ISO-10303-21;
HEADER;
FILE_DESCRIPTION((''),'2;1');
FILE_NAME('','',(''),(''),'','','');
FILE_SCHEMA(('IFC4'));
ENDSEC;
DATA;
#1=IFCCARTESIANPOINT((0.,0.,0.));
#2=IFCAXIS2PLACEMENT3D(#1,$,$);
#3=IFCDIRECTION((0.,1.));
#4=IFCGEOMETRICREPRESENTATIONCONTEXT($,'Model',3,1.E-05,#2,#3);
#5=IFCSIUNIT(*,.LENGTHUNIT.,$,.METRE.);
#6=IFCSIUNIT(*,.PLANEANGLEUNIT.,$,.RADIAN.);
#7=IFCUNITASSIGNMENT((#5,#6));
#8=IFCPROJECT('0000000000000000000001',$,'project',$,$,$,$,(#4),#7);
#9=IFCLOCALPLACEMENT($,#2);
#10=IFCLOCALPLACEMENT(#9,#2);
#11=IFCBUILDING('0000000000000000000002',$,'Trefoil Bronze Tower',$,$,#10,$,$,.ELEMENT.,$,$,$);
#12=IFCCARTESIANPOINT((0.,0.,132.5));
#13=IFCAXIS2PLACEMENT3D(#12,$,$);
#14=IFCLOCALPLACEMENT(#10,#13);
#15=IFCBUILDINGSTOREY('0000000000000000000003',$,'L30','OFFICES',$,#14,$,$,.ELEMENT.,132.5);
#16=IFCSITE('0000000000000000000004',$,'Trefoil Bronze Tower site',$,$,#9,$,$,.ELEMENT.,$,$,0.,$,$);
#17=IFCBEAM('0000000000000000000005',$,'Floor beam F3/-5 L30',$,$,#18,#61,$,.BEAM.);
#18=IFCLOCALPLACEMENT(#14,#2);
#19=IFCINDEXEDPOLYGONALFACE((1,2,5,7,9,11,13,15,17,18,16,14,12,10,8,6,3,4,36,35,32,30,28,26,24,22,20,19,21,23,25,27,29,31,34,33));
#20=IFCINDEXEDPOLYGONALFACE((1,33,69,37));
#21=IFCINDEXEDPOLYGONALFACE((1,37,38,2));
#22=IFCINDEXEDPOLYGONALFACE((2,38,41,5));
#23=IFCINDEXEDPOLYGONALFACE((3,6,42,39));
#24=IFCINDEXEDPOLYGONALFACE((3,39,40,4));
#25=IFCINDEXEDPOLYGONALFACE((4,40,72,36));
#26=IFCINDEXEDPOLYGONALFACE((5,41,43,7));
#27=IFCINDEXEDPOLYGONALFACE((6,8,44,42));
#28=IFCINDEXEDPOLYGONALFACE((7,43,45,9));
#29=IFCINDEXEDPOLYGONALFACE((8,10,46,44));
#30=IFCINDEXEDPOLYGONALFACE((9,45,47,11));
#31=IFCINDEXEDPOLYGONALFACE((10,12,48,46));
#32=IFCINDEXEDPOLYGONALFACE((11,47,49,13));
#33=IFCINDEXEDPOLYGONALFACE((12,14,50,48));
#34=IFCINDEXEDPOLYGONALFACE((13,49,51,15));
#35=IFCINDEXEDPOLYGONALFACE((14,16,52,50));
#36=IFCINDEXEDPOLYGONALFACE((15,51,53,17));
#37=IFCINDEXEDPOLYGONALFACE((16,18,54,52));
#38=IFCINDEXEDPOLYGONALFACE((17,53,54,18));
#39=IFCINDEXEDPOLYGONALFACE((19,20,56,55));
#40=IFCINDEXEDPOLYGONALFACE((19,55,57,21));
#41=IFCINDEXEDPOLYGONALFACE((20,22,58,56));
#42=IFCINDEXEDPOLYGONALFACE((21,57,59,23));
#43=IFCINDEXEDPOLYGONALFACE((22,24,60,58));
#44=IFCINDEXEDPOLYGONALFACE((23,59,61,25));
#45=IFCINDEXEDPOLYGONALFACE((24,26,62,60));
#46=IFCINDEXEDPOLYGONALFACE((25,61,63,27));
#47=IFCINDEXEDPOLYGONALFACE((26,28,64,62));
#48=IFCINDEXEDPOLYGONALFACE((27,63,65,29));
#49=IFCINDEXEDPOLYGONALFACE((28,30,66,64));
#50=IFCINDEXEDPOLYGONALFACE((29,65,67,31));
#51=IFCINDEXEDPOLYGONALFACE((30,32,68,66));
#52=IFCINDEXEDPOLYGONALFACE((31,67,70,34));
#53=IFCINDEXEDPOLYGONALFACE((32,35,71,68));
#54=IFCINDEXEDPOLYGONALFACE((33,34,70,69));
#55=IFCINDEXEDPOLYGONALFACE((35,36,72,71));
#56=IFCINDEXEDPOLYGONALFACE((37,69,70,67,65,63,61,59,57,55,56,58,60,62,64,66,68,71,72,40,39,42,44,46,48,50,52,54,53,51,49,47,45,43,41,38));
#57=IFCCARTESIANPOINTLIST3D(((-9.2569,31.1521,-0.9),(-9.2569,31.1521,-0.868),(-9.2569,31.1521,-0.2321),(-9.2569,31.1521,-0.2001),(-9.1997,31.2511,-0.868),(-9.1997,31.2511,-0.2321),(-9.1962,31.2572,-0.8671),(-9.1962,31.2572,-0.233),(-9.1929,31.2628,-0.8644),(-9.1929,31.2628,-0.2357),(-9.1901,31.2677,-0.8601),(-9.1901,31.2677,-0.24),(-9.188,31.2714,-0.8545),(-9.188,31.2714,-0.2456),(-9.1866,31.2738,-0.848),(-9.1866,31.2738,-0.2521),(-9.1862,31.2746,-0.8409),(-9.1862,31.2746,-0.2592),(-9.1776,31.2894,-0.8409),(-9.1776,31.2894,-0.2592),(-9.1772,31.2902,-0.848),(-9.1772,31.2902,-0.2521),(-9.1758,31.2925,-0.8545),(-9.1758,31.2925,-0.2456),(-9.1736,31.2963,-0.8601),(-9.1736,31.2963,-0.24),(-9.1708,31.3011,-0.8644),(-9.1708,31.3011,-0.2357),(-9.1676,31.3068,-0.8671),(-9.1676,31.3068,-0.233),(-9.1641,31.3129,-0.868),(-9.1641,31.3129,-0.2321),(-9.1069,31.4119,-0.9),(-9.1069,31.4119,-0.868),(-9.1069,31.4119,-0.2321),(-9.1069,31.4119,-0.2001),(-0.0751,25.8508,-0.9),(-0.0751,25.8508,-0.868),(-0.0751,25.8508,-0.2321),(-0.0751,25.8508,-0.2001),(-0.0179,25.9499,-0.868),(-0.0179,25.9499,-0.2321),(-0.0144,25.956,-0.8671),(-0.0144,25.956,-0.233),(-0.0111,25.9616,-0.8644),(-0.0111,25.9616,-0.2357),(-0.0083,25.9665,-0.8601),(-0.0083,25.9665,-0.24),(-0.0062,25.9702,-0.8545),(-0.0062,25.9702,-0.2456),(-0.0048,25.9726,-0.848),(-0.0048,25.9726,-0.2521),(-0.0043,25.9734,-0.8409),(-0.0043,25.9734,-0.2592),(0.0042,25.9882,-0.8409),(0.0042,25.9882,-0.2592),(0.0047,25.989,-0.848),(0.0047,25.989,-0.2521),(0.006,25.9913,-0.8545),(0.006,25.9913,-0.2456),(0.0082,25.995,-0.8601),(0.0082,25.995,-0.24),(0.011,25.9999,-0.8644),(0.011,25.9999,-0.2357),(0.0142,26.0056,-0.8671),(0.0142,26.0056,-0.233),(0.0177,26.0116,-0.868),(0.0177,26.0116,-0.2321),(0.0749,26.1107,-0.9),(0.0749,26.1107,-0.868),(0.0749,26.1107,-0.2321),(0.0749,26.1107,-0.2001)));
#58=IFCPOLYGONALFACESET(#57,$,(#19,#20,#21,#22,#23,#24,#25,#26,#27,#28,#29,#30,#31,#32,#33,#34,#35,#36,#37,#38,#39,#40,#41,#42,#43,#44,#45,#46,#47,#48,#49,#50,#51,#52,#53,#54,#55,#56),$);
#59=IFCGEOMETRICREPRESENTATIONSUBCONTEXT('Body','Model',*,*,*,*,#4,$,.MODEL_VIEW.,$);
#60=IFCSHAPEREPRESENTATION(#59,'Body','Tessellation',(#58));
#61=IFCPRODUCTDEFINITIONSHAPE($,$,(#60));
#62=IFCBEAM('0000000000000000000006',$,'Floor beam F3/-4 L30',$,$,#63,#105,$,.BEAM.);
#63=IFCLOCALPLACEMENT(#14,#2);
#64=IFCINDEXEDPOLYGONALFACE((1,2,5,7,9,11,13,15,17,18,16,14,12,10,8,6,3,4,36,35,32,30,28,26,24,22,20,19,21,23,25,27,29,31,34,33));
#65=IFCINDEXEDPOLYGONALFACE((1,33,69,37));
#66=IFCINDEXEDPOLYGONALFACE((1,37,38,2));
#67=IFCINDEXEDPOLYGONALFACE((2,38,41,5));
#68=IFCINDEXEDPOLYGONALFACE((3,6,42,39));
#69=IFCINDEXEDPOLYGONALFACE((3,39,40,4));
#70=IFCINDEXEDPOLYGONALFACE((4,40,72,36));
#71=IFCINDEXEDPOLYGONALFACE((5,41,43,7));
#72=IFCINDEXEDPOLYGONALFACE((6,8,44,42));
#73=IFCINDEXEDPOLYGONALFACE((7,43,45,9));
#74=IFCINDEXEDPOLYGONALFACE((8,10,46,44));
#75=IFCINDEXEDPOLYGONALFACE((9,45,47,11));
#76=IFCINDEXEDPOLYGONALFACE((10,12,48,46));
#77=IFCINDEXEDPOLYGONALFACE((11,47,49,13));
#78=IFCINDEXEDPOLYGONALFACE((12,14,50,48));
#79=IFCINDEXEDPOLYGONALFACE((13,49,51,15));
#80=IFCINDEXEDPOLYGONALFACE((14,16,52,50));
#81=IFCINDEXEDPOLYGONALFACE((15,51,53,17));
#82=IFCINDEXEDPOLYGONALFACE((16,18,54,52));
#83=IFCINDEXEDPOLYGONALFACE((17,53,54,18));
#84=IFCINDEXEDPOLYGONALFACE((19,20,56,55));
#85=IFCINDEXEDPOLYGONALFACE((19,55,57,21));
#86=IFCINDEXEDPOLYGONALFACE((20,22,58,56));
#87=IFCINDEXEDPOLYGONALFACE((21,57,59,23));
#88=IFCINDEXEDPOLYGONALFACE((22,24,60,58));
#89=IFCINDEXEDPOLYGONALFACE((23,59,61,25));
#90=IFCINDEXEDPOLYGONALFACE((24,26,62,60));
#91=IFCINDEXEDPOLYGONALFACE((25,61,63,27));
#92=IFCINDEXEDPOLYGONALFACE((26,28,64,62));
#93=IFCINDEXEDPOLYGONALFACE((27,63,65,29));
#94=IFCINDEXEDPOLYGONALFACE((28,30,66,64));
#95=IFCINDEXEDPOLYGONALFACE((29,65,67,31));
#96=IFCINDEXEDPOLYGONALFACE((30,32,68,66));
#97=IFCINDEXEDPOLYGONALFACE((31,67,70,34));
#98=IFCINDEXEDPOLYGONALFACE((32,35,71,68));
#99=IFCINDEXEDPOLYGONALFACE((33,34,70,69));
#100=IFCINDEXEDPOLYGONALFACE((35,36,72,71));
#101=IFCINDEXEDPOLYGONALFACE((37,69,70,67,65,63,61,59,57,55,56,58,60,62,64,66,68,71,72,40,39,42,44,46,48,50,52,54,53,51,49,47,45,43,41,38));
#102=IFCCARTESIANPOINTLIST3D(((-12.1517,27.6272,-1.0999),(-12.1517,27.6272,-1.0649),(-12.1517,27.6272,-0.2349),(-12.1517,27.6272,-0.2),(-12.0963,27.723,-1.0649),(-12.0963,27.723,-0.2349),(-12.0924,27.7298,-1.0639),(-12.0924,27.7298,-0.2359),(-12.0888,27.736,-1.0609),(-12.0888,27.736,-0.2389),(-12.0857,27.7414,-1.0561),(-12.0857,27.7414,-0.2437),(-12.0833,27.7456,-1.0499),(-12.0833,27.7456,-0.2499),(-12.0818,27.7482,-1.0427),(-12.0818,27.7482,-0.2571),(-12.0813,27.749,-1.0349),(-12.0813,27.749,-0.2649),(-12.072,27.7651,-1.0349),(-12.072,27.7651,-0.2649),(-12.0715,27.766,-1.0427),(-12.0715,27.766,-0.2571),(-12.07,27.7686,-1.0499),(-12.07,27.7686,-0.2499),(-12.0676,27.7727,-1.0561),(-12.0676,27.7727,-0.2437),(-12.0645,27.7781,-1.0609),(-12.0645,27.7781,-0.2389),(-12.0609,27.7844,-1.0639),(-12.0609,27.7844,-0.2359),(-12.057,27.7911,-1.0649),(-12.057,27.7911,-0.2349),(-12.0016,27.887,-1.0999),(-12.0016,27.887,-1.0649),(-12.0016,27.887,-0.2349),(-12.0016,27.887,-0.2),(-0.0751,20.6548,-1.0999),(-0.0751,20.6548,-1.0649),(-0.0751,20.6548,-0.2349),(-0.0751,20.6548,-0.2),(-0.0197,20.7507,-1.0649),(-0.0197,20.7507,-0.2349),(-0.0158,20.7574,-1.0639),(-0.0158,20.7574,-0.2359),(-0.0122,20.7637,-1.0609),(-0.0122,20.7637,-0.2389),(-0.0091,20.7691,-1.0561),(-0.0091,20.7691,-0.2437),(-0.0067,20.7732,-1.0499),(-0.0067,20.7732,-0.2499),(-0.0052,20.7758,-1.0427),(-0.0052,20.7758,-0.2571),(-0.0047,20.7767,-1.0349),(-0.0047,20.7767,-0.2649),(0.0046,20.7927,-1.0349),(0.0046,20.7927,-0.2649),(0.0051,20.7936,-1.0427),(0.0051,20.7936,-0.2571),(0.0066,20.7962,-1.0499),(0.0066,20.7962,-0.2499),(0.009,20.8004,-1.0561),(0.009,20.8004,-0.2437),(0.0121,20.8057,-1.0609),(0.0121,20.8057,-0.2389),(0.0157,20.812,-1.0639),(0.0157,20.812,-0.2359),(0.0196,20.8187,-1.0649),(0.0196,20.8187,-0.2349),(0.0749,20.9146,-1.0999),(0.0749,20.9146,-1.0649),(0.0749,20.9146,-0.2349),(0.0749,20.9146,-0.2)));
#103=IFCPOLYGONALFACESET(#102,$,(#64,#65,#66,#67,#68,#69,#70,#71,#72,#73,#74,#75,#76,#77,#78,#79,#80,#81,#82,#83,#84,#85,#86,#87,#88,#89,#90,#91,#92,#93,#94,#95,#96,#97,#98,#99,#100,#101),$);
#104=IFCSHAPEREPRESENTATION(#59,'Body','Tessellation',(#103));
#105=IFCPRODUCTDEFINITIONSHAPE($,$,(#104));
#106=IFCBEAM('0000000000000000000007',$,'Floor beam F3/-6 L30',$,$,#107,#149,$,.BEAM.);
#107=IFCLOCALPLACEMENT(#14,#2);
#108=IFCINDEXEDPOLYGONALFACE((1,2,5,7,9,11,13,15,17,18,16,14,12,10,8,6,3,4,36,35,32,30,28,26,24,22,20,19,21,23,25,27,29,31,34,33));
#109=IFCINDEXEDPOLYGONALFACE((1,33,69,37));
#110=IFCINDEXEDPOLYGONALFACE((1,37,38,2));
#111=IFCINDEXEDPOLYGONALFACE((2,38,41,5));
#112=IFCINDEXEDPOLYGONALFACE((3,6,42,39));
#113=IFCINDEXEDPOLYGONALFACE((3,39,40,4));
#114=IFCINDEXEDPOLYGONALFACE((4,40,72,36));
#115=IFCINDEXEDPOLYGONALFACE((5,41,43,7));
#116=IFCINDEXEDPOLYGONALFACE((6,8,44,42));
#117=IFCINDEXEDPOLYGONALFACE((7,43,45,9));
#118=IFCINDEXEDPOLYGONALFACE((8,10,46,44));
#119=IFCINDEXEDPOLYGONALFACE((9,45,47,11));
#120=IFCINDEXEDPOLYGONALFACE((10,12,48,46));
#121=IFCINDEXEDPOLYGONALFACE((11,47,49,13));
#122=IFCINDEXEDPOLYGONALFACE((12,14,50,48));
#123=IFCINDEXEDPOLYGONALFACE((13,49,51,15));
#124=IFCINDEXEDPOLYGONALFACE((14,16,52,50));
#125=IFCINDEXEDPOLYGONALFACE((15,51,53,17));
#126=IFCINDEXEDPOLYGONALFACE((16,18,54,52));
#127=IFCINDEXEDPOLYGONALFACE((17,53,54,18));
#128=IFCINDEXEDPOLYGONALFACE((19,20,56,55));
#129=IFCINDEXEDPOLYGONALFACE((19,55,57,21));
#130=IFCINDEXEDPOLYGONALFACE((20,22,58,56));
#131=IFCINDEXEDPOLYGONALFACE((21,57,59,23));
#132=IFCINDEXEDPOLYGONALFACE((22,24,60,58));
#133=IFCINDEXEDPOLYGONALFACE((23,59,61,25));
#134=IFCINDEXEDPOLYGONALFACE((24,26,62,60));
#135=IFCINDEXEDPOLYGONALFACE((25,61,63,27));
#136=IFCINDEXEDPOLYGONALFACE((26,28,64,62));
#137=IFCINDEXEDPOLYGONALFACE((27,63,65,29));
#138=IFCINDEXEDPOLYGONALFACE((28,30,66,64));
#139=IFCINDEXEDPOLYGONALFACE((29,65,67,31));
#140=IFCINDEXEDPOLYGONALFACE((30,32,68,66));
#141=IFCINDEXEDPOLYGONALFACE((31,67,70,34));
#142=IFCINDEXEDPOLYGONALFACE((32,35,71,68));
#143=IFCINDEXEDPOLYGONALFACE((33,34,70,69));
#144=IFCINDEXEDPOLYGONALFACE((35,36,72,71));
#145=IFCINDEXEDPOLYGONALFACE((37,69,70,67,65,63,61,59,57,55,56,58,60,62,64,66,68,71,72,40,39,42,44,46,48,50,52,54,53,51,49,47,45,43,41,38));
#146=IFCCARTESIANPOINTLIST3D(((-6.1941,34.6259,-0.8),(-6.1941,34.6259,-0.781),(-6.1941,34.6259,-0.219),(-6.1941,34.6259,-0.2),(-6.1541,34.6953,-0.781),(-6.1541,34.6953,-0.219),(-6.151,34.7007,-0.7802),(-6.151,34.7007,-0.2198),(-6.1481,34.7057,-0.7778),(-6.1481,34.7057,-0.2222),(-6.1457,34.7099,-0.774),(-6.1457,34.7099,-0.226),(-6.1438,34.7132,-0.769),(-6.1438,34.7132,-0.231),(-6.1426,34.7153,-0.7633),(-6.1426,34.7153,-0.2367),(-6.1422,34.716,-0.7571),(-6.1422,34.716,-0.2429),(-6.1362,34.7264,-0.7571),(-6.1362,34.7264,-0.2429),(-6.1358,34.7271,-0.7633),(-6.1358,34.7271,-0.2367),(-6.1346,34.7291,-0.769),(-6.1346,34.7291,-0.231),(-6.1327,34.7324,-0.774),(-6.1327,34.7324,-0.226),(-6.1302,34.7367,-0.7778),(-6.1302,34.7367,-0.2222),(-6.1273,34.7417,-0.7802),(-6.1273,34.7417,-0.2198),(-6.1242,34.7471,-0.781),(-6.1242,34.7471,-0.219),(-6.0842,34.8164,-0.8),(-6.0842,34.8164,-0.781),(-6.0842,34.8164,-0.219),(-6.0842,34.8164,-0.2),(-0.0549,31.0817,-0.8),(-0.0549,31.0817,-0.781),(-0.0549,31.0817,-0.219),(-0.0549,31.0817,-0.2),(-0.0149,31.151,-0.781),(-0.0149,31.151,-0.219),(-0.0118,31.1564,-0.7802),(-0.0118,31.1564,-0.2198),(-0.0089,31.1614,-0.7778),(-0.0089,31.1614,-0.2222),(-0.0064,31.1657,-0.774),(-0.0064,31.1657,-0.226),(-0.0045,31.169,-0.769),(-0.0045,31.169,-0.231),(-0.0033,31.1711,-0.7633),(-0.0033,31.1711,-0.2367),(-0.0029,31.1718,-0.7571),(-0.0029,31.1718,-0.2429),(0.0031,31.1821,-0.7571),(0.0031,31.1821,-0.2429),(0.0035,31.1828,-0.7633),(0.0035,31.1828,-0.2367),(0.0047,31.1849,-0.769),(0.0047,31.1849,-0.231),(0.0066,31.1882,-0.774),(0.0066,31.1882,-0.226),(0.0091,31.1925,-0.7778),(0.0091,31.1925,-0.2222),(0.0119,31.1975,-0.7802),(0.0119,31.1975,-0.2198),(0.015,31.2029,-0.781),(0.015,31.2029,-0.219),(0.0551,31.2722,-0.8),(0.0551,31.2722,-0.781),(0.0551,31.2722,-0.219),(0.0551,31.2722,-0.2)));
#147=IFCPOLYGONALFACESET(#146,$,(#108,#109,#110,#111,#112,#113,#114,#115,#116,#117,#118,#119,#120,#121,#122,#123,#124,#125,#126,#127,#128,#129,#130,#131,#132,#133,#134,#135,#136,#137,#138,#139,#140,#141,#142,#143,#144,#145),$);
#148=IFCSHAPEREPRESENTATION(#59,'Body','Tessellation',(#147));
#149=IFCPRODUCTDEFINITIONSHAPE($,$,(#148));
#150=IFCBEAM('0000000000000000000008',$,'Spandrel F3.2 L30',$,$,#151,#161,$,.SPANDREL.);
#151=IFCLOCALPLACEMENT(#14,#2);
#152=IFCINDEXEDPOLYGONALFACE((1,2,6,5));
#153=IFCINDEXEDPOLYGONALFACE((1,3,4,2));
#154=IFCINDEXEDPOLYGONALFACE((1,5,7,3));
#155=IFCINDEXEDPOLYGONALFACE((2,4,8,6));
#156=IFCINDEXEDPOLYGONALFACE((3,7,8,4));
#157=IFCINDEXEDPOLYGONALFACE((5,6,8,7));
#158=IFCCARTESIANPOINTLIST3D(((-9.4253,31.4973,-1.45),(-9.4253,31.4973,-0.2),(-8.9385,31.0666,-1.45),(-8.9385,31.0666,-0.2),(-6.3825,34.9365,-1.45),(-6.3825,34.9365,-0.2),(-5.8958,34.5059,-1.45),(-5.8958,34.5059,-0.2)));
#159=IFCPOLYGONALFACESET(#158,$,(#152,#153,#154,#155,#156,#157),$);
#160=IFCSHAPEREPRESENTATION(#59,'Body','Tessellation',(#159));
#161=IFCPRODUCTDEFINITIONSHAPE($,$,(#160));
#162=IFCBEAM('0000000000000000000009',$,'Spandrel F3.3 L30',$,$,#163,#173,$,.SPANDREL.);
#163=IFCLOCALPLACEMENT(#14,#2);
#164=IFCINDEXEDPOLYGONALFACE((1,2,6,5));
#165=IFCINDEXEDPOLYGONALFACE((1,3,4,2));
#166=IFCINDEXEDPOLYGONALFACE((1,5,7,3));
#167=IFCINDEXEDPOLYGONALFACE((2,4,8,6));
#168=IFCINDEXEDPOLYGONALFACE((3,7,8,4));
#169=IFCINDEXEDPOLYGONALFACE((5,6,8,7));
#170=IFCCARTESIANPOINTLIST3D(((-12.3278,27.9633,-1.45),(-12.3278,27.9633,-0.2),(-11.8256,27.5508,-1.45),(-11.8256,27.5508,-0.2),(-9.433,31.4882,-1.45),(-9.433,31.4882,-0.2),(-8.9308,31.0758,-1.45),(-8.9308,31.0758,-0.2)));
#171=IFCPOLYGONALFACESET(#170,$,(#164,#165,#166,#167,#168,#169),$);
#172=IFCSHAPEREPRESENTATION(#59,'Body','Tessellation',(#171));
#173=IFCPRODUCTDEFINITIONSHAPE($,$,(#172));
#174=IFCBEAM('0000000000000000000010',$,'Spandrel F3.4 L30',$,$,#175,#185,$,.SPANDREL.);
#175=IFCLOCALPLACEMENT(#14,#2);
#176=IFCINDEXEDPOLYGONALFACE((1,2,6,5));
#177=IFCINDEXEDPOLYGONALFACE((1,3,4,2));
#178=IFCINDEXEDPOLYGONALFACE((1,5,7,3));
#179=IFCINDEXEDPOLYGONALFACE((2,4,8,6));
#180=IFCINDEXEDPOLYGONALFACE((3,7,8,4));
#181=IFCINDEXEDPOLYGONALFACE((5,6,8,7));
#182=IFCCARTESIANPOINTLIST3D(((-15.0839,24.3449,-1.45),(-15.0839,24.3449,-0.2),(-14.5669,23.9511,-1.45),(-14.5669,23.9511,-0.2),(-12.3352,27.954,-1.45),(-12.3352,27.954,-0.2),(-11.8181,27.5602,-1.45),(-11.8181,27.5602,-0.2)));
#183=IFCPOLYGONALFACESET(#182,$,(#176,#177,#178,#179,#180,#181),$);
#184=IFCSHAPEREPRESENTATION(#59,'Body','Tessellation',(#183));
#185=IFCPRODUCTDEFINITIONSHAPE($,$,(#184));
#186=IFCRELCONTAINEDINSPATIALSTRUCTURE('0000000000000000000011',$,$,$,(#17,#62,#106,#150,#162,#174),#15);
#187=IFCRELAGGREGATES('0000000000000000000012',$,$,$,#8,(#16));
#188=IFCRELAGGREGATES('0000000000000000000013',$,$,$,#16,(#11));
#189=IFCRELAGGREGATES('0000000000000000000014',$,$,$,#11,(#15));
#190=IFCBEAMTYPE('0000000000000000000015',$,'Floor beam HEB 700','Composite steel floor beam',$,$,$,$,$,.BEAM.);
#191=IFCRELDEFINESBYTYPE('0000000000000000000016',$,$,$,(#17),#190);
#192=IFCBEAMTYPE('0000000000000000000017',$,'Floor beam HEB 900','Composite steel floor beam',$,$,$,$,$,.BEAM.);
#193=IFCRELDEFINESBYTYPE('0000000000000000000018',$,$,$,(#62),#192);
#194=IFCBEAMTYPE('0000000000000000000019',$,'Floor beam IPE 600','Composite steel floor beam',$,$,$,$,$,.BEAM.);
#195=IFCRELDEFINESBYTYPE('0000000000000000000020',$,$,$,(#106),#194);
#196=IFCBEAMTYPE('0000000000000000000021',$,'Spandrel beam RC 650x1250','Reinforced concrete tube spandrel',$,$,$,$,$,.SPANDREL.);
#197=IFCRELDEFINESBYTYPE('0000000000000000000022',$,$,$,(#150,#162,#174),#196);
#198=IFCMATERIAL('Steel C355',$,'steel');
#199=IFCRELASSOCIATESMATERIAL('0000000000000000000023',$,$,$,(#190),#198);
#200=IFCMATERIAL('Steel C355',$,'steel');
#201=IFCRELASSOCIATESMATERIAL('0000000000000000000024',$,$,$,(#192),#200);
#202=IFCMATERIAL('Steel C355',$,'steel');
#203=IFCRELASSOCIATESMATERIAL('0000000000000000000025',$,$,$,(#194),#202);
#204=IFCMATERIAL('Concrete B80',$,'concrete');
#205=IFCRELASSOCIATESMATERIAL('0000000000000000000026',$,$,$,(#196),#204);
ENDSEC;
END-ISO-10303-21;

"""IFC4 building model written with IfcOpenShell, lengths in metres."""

from ifc_helpers import new_model, si_unit, direction, frame, origin, origin_2d, place, context, subcontext, project, spatial, rectangle, i_section, extrude, material, material_profile, profile_set, type_object, element, save


model = new_model("IFC4")

# Units and contexts
model_context = context("Model", 3, precision=1e-05, world=origin(), true_north=direction((0.0, 1.0)))
body_context = subcontext(model_context, "Body", "Model", "MODEL_VIEW")
ifc_project = project(units=[si_unit("LENGTHUNIT", "METRE"), si_unit("PLANEANGLEUNIT", "RADIAN")], contexts=[model_context])

# Site, building, storey
site_placement = place(None, origin())
site = spatial("IfcSite", under=ifc_project, at=site_placement, Name="Trefoil Bronze Tower site", CompositionType="ELEMENT", RefElevation=0.0)
building_placement = place(site_placement, origin())
building = spatial("IfcBuilding", under=site, at=building_placement, Name="Trefoil Bronze Tower", CompositionType="ELEMENT")
storey_placement = place(building_placement, frame((0.0, 0.0, 132.5)))
storey = spatial("IfcBuildingStorey", under=building, at=storey_placement, Name="L30", Description="OFFICES", CompositionType="ELEMENT", Elevation=132.5)

# Beams
ifc_material_1 = material(Name="Steel C355", Category="steel")
ifc_material_profile_1 = material_profile(ifc_material_1, i_section(OverallWidth=0.3, OverallDepth=0.7, WebThickness=0.0171, FlangeThickness=0.032, FilletRadius=0.0271, at=origin_2d()), Name="HEB 700")
ifc_profile_set_1 = profile_set([ifc_material_profile_1], Name="Steel C355")
beam_type_1 = type_object("IfcBeamType", Name="Floor beam HEB 700", Description="Composite steel floor beam", PredefinedType="BEAM", material=ifc_profile_set_1)
beam_1_placement = place(storey_placement, frame((-9.1819, 31.282, -0.55), z_axis=(0.866021, -0.500007, 0.0), x_axis=(0.500007, 0.866021, 0.0)))
element("IfcBeam", 1, at=beam_1_placement, inside=storey, type_object=beam_type_1, Name="Floor beam F3/-5 L30", PredefinedType="BEAM", context=body_context, shape_type="SweptSolid", body=[
    extrude(i_section(OverallWidth=0.3, OverallDepth=0.7, WebThickness=0.0171, FlangeThickness=0.032, FilletRadius=0.0271, at=origin_2d()), origin(), (0.0, 0.0, 1.0), 10.6023),
])
ifc_material_2 = material(Name="Steel C355", Category="steel")
ifc_material_profile_2 = material_profile(ifc_material_2, i_section(OverallWidth=0.3, OverallDepth=0.8999, WebThickness=0.0186, FlangeThickness=0.0349, FilletRadius=0.03, at=origin_2d()), Name="HEB 900")
ifc_profile_set_2 = profile_set([ifc_material_profile_2], Name="Steel C355")
beam_type_2 = type_object("IfcBeamType", Name="Floor beam HEB 900", Description="Composite steel floor beam", PredefinedType="BEAM", material=ifc_profile_set_2)
beam_2_placement = place(storey_placement, frame((-12.0767, 27.7571, -0.6499), z_axis=(0.866027, -0.499997, 0.0), x_axis=(0.499997, 0.866027, 0.0)))
element("IfcBeam", 2, at=beam_2_placement, inside=storey, type_object=beam_type_2, Name="Floor beam F3/-4 L30", PredefinedType="BEAM", context=body_context, shape_type="SweptSolid", body=[
    extrude(i_section(OverallWidth=0.3, OverallDepth=0.8999, WebThickness=0.0186, FlangeThickness=0.0349, FilletRadius=0.03, at=origin_2d()), origin(), (0.0, 0.0, 1.0), 13.9448),
])
ifc_material_3 = material(Name="Steel C355", Category="steel")
ifc_material_profile_3 = material_profile(ifc_material_3, i_section(OverallWidth=0.22, OverallDepth=0.6001, WebThickness=0.012, FlangeThickness=0.019, FilletRadius=0.0239, at=origin_2d()), Name="IPE 600")
ifc_profile_set_3 = profile_set([ifc_material_profile_3], Name="Steel C355")
beam_type_3 = type_object("IfcBeamType", Name="Floor beam IPE 600", Description="Composite steel floor beam", PredefinedType="BEAM", material=ifc_profile_set_3)
beam_3_placement = place(storey_placement, frame((-6.1392, 34.7212, -0.5), z_axis=(0.866041, -0.499973, 0.0), x_axis=(0.499973, 0.866041, 0.0)))
element("IfcBeam", 3, at=beam_3_placement, inside=storey, type_object=beam_type_3, Name="Floor beam F3/-6 L30", PredefinedType="BEAM", context=body_context, shape_type="SweptSolid", body=[
    extrude(i_section(OverallWidth=0.22, OverallDepth=0.6001, WebThickness=0.012, FlangeThickness=0.019, FilletRadius=0.0239, at=origin_2d()), origin(), (0.0, 0.0, 1.0), 7.0889),
])
ifc_material_4 = material(Name="Concrete B80", Category="concrete")
ifc_material_profile_4 = material_profile(ifc_material_4, rectangle(XDim=0.6499, YDim=1.25, at=origin_2d()), Name="RC 650x1250")
ifc_profile_set_4 = profile_set([ifc_material_profile_4], Name="Concrete B80")
beam_type_4 = type_object("IfcBeamType", Name="Spandrel beam RC 650x1250", Description="Reinforced concrete tube spandrel", PredefinedType="SPANDREL", material=ifc_profile_set_4)
beam_4_placement = place(storey_placement, frame((-6.1392, 34.7212, -0.825), z_axis=(-0.662616, -0.748959, 0.0), x_axis=(0.748959, -0.662616, 0.0)))
element("IfcBeam", 4, at=beam_4_placement, inside=storey, type_object=beam_type_4, Name="Spandrel F3.2 L30", PredefinedType="SPANDREL", context=body_context, shape_type="SweptSolid", body=[
    extrude(rectangle(XDim=0.6499, YDim=1.25, at=origin_2d()), origin(), (0.0, 0.0, 1.0), 4.592),
])
beam_5_placement = place(storey_placement, frame((-9.1819, 31.282, -0.825), z_axis=(-0.63465, -0.772799, 0.0), x_axis=(0.772799, -0.63465, 0.0)))
element("IfcBeam", 5, at=beam_5_placement, inside=storey, type_object=beam_type_4, Name="Spandrel F3.3 L30", PredefinedType="SPANDREL", context=body_context, shape_type="SweptSolid", body=[
    extrude(rectangle(XDim=0.6499, YDim=1.25, at=origin_2d()), origin(), (0.0, 0.0, 1.0), 4.5613),
])
beam_6_placement = place(storey_placement, frame((-12.0767, 27.7571, -0.825), z_axis=(-0.605899, -0.795542, 0.0), x_axis=(0.795542, -0.605899, 0.0)))
element("IfcBeam", 6, at=beam_6_placement, inside=storey, type_object=beam_type_4, Name="Spandrel F3.4 L30", PredefinedType="SPANDREL", context=body_context, shape_type="SweptSolid", body=[
    extrude(rectangle(XDim=0.6499, YDim=1.25, at=origin_2d()), origin(), (0.0, 0.0, 1.0), 4.5366),
])

save(model, "model.ifc")
